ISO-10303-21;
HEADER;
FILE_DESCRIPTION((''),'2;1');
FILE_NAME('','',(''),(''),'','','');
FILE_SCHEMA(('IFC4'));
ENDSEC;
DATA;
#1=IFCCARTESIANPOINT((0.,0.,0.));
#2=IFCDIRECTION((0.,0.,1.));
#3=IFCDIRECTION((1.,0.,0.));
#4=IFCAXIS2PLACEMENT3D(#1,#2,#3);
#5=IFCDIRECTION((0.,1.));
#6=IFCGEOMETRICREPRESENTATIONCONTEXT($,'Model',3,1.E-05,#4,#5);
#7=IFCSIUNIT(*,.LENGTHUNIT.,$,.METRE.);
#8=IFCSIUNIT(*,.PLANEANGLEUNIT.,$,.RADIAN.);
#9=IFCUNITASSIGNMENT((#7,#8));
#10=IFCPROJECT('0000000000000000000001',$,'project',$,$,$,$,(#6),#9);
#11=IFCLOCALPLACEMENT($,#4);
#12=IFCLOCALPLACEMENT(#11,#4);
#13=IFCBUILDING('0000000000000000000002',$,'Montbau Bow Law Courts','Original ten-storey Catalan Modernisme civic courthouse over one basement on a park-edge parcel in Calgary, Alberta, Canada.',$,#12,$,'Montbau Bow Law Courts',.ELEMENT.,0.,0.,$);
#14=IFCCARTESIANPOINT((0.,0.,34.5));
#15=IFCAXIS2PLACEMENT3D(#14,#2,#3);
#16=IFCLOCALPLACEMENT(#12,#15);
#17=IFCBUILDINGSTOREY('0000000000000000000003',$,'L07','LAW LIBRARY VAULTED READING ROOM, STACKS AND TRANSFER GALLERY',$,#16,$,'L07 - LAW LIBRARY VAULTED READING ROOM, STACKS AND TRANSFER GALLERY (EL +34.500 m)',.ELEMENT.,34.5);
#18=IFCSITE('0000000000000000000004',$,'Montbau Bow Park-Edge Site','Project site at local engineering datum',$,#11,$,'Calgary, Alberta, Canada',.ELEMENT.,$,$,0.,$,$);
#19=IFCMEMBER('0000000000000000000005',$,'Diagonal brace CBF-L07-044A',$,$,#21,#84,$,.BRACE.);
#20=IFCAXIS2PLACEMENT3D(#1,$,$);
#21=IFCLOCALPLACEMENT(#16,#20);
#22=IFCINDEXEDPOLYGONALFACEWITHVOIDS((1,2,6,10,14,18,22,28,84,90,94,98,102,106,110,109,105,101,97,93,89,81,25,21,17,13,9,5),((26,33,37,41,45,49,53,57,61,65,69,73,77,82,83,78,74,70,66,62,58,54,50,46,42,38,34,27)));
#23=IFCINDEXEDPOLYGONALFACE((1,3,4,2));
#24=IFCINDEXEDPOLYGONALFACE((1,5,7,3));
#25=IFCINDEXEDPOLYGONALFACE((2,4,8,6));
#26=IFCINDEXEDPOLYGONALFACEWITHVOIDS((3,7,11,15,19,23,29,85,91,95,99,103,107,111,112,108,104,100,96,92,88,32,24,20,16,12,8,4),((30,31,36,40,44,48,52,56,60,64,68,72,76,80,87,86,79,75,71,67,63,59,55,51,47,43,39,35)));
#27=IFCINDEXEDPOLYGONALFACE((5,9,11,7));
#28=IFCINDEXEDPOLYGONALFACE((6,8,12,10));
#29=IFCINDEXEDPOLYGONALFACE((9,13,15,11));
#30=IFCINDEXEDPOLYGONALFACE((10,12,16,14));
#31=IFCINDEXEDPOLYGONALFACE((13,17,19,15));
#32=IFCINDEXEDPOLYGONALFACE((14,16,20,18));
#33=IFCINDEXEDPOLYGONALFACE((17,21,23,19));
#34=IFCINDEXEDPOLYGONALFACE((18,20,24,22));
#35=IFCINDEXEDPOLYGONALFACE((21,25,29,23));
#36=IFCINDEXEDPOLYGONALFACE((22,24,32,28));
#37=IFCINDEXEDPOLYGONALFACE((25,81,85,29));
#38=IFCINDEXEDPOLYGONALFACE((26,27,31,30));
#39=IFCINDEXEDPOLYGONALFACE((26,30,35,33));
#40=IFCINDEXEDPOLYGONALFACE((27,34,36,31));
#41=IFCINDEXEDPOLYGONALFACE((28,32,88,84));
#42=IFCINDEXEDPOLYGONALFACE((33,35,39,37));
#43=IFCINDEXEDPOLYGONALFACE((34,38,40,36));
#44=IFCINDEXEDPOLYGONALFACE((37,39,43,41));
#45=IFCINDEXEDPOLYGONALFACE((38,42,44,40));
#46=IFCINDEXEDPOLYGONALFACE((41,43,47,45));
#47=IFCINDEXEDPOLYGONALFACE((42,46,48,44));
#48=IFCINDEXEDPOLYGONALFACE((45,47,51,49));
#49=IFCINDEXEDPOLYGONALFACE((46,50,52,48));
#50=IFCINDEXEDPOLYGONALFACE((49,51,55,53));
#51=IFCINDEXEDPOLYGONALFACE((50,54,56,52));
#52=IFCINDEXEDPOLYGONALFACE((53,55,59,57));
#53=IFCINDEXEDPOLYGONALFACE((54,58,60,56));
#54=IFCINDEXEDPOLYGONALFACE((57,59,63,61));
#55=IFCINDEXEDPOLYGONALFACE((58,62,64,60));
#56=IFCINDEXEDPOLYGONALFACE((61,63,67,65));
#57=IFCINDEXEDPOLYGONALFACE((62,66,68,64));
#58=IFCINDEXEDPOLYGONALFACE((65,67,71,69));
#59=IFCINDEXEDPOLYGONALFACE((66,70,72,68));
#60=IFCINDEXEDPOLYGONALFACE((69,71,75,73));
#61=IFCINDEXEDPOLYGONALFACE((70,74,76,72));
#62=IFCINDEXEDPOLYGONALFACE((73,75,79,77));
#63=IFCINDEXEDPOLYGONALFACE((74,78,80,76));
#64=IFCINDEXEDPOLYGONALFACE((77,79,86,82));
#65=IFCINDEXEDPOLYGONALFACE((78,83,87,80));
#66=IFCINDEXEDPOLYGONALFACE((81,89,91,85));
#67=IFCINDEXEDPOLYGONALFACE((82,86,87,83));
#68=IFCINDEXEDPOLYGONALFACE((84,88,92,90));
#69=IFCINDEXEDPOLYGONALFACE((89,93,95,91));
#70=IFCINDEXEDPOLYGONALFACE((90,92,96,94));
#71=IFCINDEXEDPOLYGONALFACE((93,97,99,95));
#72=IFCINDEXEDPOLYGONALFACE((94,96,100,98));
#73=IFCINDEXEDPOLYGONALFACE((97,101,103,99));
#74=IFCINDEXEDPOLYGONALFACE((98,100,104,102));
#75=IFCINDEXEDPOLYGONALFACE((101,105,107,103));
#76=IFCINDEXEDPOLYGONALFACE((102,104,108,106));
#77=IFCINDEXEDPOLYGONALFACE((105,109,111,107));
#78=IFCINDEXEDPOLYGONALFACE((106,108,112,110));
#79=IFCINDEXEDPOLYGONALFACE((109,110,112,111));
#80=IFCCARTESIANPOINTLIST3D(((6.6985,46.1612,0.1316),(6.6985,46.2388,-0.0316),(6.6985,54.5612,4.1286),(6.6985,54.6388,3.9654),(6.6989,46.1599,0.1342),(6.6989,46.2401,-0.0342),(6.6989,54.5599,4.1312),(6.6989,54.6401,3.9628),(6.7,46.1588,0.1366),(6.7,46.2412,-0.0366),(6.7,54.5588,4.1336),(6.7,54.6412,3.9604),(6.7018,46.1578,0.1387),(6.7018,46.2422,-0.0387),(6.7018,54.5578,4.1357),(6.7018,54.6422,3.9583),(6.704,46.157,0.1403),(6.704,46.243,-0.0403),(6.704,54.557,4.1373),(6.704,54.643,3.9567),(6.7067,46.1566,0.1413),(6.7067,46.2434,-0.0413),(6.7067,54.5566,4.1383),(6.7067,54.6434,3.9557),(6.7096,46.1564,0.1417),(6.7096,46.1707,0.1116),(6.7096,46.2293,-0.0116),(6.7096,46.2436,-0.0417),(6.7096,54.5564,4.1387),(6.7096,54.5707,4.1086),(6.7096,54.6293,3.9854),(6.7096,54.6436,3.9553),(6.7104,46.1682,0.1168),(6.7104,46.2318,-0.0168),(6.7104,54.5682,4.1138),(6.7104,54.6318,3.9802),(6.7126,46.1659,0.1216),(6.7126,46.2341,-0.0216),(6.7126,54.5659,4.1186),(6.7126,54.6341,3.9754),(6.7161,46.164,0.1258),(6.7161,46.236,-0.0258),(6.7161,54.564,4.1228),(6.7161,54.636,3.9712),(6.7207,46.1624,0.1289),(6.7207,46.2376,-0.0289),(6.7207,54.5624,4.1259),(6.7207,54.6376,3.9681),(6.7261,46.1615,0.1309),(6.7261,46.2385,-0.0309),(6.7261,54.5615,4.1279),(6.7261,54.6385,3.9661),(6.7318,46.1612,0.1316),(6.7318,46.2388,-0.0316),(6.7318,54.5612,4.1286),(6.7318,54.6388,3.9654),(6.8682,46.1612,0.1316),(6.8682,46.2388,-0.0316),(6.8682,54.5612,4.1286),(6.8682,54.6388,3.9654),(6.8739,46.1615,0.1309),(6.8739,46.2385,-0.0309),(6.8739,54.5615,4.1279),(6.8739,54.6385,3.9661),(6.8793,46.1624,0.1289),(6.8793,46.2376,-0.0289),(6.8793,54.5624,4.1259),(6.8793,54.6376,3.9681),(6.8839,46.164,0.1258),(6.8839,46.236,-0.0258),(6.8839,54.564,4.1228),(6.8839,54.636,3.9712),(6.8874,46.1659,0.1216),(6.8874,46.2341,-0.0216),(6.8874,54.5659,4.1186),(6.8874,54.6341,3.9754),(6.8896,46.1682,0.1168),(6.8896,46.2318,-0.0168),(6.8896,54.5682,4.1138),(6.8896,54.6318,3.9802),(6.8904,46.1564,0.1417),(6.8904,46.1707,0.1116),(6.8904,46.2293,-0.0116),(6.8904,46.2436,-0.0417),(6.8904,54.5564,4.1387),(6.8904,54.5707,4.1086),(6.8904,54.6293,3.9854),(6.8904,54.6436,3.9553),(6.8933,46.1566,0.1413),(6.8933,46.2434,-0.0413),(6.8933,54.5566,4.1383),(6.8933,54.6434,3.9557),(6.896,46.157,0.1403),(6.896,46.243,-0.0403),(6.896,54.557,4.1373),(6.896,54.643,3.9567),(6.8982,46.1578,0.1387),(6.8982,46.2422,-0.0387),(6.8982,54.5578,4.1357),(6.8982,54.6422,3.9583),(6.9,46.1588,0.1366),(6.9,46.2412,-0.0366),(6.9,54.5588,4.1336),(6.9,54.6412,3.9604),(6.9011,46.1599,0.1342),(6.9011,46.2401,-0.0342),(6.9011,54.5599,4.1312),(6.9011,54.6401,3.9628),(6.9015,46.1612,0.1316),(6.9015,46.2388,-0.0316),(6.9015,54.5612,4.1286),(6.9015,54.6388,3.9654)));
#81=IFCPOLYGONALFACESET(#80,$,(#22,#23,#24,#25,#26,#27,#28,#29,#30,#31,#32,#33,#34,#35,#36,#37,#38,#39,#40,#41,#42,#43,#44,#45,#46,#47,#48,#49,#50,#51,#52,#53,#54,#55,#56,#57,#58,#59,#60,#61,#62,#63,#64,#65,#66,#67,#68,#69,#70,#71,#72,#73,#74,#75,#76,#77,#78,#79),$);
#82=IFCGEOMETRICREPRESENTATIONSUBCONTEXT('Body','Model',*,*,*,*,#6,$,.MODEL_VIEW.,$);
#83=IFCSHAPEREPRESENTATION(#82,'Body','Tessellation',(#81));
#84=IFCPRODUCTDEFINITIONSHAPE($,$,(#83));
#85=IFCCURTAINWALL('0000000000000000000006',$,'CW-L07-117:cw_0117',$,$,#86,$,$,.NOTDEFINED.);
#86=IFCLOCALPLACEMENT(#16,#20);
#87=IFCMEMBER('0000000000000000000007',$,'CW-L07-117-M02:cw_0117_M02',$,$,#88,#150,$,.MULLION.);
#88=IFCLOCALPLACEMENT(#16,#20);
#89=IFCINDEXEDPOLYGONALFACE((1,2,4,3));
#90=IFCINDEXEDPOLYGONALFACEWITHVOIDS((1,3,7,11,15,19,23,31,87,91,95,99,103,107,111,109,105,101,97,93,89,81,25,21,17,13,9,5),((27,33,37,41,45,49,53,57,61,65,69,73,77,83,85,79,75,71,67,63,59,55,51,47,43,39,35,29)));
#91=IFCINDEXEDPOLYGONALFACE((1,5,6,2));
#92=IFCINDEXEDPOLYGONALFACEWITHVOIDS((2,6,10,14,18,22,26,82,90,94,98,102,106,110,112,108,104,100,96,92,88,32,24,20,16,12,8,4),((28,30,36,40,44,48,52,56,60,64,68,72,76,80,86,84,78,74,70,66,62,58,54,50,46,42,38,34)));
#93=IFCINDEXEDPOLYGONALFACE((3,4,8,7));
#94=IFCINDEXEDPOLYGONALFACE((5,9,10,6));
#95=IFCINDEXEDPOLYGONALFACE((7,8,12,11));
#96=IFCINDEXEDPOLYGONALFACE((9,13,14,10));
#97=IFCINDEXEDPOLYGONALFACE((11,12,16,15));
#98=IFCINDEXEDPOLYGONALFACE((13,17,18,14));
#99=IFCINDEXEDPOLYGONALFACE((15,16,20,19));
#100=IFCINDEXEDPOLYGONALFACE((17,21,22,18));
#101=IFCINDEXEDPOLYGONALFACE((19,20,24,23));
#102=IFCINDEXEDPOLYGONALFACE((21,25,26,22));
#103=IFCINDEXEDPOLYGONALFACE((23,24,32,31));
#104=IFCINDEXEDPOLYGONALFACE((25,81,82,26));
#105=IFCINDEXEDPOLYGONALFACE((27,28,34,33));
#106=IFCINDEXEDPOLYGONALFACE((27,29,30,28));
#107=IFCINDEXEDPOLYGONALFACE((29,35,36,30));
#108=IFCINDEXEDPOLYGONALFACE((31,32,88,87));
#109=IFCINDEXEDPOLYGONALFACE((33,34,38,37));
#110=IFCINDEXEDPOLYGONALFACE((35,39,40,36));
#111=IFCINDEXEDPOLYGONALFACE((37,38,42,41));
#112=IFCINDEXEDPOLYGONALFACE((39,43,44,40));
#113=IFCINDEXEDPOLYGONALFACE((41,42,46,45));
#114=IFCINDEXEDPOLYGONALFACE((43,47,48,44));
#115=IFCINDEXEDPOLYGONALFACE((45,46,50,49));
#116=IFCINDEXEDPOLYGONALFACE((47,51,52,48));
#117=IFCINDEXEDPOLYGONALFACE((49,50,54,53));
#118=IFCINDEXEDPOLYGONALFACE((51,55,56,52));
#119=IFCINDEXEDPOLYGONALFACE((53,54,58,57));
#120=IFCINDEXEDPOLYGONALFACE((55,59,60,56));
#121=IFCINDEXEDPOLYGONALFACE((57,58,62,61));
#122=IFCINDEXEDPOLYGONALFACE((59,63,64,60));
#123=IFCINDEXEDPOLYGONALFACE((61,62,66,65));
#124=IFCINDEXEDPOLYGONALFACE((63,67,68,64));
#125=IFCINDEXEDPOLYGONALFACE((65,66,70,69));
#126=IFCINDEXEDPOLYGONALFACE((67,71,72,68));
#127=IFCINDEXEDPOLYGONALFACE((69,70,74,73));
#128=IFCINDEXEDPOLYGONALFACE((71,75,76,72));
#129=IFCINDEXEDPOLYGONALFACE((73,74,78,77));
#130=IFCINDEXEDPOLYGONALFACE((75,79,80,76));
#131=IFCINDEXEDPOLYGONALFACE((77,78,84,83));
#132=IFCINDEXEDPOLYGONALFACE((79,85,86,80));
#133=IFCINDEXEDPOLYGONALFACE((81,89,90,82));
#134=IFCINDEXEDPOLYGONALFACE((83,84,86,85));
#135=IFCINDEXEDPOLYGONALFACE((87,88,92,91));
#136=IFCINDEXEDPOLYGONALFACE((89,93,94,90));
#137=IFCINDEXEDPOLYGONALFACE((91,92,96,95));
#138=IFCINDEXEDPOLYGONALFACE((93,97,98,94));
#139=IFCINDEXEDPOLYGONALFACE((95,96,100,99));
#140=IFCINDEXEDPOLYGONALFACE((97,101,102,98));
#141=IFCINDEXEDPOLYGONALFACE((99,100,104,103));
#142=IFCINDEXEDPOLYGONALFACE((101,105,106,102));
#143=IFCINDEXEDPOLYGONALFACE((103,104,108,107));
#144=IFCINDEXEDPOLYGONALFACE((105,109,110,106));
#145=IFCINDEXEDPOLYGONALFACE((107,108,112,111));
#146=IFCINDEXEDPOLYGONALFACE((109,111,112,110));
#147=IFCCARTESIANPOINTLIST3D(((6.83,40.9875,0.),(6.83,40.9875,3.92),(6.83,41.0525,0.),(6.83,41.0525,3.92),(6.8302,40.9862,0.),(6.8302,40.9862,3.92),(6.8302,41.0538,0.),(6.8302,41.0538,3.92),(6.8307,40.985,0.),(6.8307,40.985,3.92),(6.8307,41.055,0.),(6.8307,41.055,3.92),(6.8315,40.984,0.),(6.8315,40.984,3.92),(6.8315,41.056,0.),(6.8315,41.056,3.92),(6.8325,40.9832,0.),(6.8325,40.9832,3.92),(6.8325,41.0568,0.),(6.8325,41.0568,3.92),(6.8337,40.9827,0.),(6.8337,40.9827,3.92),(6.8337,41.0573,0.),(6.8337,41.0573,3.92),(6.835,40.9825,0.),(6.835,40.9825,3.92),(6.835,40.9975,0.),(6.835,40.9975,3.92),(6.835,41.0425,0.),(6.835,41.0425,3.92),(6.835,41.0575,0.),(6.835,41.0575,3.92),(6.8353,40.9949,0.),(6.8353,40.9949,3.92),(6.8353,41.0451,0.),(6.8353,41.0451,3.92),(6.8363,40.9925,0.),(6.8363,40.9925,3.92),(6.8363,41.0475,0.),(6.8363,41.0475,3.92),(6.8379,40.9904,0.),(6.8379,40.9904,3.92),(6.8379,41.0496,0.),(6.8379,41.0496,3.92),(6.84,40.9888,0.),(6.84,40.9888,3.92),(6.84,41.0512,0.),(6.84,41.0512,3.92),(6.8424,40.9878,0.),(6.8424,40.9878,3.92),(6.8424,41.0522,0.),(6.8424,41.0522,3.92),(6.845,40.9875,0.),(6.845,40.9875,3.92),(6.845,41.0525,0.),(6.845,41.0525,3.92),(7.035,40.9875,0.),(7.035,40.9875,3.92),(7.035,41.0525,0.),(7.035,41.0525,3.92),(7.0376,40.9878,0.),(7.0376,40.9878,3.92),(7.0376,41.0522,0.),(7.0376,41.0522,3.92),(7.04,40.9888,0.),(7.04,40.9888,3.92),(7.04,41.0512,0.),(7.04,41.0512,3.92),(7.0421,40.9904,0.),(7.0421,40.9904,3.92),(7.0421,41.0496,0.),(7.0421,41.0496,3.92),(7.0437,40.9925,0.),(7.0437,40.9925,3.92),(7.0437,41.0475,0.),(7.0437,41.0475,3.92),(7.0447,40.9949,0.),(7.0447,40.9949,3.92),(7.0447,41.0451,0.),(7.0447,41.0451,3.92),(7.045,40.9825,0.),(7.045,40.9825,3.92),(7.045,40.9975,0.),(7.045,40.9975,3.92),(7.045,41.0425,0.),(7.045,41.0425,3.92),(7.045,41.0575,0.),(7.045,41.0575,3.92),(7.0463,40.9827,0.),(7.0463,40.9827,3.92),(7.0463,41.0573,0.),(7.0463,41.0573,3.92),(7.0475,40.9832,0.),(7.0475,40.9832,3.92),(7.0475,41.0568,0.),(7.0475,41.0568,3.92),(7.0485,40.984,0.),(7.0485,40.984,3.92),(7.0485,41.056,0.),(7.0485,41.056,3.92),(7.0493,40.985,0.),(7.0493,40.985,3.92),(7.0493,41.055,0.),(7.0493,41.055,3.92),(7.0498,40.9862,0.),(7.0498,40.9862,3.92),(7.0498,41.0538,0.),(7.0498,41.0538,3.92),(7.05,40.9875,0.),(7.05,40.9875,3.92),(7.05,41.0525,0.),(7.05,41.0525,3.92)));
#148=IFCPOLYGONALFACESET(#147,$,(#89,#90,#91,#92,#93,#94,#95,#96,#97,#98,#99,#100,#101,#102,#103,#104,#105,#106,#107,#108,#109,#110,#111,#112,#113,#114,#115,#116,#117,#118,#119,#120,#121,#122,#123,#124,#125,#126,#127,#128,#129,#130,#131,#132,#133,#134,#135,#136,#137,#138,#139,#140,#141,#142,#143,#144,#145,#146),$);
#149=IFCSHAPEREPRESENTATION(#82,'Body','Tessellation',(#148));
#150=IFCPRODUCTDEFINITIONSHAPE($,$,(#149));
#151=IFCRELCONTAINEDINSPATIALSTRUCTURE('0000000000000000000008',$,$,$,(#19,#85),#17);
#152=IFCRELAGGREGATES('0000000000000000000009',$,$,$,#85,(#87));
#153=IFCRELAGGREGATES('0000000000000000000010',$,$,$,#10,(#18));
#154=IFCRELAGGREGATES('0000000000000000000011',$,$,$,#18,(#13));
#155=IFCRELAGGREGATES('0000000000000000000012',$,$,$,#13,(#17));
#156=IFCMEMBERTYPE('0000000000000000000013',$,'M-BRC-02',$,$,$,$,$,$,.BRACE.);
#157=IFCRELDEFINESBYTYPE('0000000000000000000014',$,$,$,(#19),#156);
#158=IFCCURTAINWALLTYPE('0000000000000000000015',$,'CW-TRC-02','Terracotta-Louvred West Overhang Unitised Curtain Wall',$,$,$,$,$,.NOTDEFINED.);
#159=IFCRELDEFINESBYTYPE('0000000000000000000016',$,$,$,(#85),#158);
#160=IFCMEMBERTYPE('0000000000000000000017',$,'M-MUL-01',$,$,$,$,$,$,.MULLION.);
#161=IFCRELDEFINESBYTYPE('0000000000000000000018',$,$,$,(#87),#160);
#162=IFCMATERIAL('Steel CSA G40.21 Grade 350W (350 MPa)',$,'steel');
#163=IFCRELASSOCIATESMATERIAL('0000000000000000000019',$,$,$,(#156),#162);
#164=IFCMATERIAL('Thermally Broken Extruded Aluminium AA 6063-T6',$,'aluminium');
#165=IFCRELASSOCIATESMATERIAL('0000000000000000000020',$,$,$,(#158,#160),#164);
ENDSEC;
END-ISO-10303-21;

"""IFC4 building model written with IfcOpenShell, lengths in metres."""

from ifc_helpers import new_model, si_unit, direction, frame, origin_with_axes, origin_2d_with_axis, place, context, subcontext, project, spatial, hollow_rectangle, extrude, material, material_profile, profile_set, type_object, element, aggregate, save


model = new_model("IFC4")

# Units and contexts
model_context = context("Model", 3, precision=1e-05, world=origin_with_axes(), true_north=direction((0.0, 1.0)))
body_context = subcontext(model_context, "Body", "Model", "MODEL_VIEW")
ifc_project = project(units=[si_unit("LENGTHUNIT", "METRE"), si_unit("PLANEANGLEUNIT", "RADIAN")], contexts=[model_context])

# Site, building, storey
site_placement = place(None, origin_with_axes())
site = spatial("IfcSite", under=ifc_project, at=site_placement, Name="Montbau Bow Park-Edge Site", Description="Project site at local engineering datum", LongName="Calgary, Alberta, Canada", CompositionType="ELEMENT", RefElevation=0.0)
building_placement = place(site_placement, origin_with_axes())
building = spatial("IfcBuilding", under=site, at=building_placement, Name="Montbau Bow Law Courts", Description="Original ten-storey Catalan Modernisme civic courthouse over one basement on a park-edge parcel in Calgary, Alberta, Canada.", LongName="Montbau Bow Law Courts", CompositionType="ELEMENT", ElevationOfRefHeight=0.0, ElevationOfTerrain=0.0)
storey_placement = place(building_placement, frame((0.0, 0.0, 34.5), z_axis=(0.0, 0.0, 1.0), x_axis=(1.0, 0.0, 0.0)))
storey = spatial("IfcBuildingStorey", under=building, at=storey_placement, Name="L07", Description="LAW LIBRARY VAULTED READING ROOM, STACKS AND TRANSFER GALLERY", LongName="L07 - LAW LIBRARY VAULTED READING ROOM, STACKS AND TRANSFER GALLERY (EL +34.500 m)", CompositionType="ELEMENT", Elevation=34.5)

# Shared definitions
ifc_material_1 = material(Name="Steel CSA G40.21 Grade 350W (350 MPa)", Category="steel")

# Member
ifc_material_profile_1 = material_profile(ifc_material_1, hollow_rectangle(XDim=0.203, YDim=0.203, WallThickness=0.0111, InnerFilletRadius=0.0222, OuterFilletRadius=0.0111, at=origin_2d_with_axis()), Name="HSS203X203X11", Category="Main", Priority=0)
ifc_profile_set_1 = profile_set([ifc_material_profile_1], Name="Steel CSA G40.21 Grade 350W (350 MPa)")
member_type_1 = type_object("IfcMemberType", Name="M-BRC-02", PredefinedType="BRACE", material=ifc_profile_set_1)
member_1_placement = place(None, frame((6.8, 46.2, 34.55), z_axis=(0.0, 0.902986, 0.429671), x_axis=(-1.0, 0.0, 0.0)))
element("IfcMember", 1, at=member_1_placement, inside=storey, type_object=member_type_1, Name="Diagonal brace CBF-L07-044A", PredefinedType="BRACE", context=body_context, shape_type="SweptSolid", body=[
    extrude(hollow_rectangle(XDim=0.203, YDim=0.203, WallThickness=0.0111, InnerFilletRadius=0.0222, OuterFilletRadius=0.0111, at=origin_2d_with_axis()), origin_with_axes(), (0.0, 0.0, 1.0), 9.3025),
])

# Curtain wall, member
ifc_material_2 = material(Name="Thermally Broken Extruded Aluminium AA 6063-T6", Category="aluminium")
curtain_wall_type = type_object("IfcCurtainWallType", Name="CW-TRC-02", Description="Terracotta-Louvred West Overhang Unitised Curtain Wall", PredefinedType="NOTDEFINED", material=ifc_material_2)
curtain_wall_placement = place(None, frame((6.94, 39.44, 34.5), z_axis=(0.0, 0.0, 1.0), x_axis=(1.0, 0.0, 0.0)))
curtain_wall = element("IfcCurtainWall", 2, at=curtain_wall_placement, inside=storey, type_object=curtain_wall_type, Name="CW-L07-117:cw_0117", PredefinedType="NOTDEFINED")
ifc_material_profile_2 = material_profile(ifc_material_2, hollow_rectangle(XDim=0.075, YDim=0.22, WallThickness=0.005, InnerFilletRadius=0.01, OuterFilletRadius=0.005, at=origin_2d_with_axis()), Name="CWM-220X75", Category="Main", Priority=0)
ifc_profile_set_2 = profile_set([ifc_material_profile_2], Name="Thermally Broken Extruded Aluminium AA 6063-T6")
member_type_2 = type_object("IfcMemberType", Name="M-MUL-01", PredefinedType="MULLION", material=ifc_profile_set_2)
member_2_placement = place(None, frame((6.94, 41.02, 34.5), z_axis=(0.0, 0.0, 1.0), x_axis=(0.0, 1.0, 0.0)))
member_2 = element("IfcMember", 3, at=member_2_placement, type_object=member_type_2, Name="CW-L07-117-M02:cw_0117_M02", PredefinedType="MULLION", context=body_context, shape_type="SweptSolid", body=[
    extrude(hollow_rectangle(XDim=0.075, YDim=0.22, WallThickness=0.005, InnerFilletRadius=0.01, OuterFilletRadius=0.005, at=origin_2d_with_axis()), origin_with_axes(), (0.0, 0.0, 1.0), 3.92),
])
aggregate(curtain_wall, [member_2])

save(model, "model.ifc")
